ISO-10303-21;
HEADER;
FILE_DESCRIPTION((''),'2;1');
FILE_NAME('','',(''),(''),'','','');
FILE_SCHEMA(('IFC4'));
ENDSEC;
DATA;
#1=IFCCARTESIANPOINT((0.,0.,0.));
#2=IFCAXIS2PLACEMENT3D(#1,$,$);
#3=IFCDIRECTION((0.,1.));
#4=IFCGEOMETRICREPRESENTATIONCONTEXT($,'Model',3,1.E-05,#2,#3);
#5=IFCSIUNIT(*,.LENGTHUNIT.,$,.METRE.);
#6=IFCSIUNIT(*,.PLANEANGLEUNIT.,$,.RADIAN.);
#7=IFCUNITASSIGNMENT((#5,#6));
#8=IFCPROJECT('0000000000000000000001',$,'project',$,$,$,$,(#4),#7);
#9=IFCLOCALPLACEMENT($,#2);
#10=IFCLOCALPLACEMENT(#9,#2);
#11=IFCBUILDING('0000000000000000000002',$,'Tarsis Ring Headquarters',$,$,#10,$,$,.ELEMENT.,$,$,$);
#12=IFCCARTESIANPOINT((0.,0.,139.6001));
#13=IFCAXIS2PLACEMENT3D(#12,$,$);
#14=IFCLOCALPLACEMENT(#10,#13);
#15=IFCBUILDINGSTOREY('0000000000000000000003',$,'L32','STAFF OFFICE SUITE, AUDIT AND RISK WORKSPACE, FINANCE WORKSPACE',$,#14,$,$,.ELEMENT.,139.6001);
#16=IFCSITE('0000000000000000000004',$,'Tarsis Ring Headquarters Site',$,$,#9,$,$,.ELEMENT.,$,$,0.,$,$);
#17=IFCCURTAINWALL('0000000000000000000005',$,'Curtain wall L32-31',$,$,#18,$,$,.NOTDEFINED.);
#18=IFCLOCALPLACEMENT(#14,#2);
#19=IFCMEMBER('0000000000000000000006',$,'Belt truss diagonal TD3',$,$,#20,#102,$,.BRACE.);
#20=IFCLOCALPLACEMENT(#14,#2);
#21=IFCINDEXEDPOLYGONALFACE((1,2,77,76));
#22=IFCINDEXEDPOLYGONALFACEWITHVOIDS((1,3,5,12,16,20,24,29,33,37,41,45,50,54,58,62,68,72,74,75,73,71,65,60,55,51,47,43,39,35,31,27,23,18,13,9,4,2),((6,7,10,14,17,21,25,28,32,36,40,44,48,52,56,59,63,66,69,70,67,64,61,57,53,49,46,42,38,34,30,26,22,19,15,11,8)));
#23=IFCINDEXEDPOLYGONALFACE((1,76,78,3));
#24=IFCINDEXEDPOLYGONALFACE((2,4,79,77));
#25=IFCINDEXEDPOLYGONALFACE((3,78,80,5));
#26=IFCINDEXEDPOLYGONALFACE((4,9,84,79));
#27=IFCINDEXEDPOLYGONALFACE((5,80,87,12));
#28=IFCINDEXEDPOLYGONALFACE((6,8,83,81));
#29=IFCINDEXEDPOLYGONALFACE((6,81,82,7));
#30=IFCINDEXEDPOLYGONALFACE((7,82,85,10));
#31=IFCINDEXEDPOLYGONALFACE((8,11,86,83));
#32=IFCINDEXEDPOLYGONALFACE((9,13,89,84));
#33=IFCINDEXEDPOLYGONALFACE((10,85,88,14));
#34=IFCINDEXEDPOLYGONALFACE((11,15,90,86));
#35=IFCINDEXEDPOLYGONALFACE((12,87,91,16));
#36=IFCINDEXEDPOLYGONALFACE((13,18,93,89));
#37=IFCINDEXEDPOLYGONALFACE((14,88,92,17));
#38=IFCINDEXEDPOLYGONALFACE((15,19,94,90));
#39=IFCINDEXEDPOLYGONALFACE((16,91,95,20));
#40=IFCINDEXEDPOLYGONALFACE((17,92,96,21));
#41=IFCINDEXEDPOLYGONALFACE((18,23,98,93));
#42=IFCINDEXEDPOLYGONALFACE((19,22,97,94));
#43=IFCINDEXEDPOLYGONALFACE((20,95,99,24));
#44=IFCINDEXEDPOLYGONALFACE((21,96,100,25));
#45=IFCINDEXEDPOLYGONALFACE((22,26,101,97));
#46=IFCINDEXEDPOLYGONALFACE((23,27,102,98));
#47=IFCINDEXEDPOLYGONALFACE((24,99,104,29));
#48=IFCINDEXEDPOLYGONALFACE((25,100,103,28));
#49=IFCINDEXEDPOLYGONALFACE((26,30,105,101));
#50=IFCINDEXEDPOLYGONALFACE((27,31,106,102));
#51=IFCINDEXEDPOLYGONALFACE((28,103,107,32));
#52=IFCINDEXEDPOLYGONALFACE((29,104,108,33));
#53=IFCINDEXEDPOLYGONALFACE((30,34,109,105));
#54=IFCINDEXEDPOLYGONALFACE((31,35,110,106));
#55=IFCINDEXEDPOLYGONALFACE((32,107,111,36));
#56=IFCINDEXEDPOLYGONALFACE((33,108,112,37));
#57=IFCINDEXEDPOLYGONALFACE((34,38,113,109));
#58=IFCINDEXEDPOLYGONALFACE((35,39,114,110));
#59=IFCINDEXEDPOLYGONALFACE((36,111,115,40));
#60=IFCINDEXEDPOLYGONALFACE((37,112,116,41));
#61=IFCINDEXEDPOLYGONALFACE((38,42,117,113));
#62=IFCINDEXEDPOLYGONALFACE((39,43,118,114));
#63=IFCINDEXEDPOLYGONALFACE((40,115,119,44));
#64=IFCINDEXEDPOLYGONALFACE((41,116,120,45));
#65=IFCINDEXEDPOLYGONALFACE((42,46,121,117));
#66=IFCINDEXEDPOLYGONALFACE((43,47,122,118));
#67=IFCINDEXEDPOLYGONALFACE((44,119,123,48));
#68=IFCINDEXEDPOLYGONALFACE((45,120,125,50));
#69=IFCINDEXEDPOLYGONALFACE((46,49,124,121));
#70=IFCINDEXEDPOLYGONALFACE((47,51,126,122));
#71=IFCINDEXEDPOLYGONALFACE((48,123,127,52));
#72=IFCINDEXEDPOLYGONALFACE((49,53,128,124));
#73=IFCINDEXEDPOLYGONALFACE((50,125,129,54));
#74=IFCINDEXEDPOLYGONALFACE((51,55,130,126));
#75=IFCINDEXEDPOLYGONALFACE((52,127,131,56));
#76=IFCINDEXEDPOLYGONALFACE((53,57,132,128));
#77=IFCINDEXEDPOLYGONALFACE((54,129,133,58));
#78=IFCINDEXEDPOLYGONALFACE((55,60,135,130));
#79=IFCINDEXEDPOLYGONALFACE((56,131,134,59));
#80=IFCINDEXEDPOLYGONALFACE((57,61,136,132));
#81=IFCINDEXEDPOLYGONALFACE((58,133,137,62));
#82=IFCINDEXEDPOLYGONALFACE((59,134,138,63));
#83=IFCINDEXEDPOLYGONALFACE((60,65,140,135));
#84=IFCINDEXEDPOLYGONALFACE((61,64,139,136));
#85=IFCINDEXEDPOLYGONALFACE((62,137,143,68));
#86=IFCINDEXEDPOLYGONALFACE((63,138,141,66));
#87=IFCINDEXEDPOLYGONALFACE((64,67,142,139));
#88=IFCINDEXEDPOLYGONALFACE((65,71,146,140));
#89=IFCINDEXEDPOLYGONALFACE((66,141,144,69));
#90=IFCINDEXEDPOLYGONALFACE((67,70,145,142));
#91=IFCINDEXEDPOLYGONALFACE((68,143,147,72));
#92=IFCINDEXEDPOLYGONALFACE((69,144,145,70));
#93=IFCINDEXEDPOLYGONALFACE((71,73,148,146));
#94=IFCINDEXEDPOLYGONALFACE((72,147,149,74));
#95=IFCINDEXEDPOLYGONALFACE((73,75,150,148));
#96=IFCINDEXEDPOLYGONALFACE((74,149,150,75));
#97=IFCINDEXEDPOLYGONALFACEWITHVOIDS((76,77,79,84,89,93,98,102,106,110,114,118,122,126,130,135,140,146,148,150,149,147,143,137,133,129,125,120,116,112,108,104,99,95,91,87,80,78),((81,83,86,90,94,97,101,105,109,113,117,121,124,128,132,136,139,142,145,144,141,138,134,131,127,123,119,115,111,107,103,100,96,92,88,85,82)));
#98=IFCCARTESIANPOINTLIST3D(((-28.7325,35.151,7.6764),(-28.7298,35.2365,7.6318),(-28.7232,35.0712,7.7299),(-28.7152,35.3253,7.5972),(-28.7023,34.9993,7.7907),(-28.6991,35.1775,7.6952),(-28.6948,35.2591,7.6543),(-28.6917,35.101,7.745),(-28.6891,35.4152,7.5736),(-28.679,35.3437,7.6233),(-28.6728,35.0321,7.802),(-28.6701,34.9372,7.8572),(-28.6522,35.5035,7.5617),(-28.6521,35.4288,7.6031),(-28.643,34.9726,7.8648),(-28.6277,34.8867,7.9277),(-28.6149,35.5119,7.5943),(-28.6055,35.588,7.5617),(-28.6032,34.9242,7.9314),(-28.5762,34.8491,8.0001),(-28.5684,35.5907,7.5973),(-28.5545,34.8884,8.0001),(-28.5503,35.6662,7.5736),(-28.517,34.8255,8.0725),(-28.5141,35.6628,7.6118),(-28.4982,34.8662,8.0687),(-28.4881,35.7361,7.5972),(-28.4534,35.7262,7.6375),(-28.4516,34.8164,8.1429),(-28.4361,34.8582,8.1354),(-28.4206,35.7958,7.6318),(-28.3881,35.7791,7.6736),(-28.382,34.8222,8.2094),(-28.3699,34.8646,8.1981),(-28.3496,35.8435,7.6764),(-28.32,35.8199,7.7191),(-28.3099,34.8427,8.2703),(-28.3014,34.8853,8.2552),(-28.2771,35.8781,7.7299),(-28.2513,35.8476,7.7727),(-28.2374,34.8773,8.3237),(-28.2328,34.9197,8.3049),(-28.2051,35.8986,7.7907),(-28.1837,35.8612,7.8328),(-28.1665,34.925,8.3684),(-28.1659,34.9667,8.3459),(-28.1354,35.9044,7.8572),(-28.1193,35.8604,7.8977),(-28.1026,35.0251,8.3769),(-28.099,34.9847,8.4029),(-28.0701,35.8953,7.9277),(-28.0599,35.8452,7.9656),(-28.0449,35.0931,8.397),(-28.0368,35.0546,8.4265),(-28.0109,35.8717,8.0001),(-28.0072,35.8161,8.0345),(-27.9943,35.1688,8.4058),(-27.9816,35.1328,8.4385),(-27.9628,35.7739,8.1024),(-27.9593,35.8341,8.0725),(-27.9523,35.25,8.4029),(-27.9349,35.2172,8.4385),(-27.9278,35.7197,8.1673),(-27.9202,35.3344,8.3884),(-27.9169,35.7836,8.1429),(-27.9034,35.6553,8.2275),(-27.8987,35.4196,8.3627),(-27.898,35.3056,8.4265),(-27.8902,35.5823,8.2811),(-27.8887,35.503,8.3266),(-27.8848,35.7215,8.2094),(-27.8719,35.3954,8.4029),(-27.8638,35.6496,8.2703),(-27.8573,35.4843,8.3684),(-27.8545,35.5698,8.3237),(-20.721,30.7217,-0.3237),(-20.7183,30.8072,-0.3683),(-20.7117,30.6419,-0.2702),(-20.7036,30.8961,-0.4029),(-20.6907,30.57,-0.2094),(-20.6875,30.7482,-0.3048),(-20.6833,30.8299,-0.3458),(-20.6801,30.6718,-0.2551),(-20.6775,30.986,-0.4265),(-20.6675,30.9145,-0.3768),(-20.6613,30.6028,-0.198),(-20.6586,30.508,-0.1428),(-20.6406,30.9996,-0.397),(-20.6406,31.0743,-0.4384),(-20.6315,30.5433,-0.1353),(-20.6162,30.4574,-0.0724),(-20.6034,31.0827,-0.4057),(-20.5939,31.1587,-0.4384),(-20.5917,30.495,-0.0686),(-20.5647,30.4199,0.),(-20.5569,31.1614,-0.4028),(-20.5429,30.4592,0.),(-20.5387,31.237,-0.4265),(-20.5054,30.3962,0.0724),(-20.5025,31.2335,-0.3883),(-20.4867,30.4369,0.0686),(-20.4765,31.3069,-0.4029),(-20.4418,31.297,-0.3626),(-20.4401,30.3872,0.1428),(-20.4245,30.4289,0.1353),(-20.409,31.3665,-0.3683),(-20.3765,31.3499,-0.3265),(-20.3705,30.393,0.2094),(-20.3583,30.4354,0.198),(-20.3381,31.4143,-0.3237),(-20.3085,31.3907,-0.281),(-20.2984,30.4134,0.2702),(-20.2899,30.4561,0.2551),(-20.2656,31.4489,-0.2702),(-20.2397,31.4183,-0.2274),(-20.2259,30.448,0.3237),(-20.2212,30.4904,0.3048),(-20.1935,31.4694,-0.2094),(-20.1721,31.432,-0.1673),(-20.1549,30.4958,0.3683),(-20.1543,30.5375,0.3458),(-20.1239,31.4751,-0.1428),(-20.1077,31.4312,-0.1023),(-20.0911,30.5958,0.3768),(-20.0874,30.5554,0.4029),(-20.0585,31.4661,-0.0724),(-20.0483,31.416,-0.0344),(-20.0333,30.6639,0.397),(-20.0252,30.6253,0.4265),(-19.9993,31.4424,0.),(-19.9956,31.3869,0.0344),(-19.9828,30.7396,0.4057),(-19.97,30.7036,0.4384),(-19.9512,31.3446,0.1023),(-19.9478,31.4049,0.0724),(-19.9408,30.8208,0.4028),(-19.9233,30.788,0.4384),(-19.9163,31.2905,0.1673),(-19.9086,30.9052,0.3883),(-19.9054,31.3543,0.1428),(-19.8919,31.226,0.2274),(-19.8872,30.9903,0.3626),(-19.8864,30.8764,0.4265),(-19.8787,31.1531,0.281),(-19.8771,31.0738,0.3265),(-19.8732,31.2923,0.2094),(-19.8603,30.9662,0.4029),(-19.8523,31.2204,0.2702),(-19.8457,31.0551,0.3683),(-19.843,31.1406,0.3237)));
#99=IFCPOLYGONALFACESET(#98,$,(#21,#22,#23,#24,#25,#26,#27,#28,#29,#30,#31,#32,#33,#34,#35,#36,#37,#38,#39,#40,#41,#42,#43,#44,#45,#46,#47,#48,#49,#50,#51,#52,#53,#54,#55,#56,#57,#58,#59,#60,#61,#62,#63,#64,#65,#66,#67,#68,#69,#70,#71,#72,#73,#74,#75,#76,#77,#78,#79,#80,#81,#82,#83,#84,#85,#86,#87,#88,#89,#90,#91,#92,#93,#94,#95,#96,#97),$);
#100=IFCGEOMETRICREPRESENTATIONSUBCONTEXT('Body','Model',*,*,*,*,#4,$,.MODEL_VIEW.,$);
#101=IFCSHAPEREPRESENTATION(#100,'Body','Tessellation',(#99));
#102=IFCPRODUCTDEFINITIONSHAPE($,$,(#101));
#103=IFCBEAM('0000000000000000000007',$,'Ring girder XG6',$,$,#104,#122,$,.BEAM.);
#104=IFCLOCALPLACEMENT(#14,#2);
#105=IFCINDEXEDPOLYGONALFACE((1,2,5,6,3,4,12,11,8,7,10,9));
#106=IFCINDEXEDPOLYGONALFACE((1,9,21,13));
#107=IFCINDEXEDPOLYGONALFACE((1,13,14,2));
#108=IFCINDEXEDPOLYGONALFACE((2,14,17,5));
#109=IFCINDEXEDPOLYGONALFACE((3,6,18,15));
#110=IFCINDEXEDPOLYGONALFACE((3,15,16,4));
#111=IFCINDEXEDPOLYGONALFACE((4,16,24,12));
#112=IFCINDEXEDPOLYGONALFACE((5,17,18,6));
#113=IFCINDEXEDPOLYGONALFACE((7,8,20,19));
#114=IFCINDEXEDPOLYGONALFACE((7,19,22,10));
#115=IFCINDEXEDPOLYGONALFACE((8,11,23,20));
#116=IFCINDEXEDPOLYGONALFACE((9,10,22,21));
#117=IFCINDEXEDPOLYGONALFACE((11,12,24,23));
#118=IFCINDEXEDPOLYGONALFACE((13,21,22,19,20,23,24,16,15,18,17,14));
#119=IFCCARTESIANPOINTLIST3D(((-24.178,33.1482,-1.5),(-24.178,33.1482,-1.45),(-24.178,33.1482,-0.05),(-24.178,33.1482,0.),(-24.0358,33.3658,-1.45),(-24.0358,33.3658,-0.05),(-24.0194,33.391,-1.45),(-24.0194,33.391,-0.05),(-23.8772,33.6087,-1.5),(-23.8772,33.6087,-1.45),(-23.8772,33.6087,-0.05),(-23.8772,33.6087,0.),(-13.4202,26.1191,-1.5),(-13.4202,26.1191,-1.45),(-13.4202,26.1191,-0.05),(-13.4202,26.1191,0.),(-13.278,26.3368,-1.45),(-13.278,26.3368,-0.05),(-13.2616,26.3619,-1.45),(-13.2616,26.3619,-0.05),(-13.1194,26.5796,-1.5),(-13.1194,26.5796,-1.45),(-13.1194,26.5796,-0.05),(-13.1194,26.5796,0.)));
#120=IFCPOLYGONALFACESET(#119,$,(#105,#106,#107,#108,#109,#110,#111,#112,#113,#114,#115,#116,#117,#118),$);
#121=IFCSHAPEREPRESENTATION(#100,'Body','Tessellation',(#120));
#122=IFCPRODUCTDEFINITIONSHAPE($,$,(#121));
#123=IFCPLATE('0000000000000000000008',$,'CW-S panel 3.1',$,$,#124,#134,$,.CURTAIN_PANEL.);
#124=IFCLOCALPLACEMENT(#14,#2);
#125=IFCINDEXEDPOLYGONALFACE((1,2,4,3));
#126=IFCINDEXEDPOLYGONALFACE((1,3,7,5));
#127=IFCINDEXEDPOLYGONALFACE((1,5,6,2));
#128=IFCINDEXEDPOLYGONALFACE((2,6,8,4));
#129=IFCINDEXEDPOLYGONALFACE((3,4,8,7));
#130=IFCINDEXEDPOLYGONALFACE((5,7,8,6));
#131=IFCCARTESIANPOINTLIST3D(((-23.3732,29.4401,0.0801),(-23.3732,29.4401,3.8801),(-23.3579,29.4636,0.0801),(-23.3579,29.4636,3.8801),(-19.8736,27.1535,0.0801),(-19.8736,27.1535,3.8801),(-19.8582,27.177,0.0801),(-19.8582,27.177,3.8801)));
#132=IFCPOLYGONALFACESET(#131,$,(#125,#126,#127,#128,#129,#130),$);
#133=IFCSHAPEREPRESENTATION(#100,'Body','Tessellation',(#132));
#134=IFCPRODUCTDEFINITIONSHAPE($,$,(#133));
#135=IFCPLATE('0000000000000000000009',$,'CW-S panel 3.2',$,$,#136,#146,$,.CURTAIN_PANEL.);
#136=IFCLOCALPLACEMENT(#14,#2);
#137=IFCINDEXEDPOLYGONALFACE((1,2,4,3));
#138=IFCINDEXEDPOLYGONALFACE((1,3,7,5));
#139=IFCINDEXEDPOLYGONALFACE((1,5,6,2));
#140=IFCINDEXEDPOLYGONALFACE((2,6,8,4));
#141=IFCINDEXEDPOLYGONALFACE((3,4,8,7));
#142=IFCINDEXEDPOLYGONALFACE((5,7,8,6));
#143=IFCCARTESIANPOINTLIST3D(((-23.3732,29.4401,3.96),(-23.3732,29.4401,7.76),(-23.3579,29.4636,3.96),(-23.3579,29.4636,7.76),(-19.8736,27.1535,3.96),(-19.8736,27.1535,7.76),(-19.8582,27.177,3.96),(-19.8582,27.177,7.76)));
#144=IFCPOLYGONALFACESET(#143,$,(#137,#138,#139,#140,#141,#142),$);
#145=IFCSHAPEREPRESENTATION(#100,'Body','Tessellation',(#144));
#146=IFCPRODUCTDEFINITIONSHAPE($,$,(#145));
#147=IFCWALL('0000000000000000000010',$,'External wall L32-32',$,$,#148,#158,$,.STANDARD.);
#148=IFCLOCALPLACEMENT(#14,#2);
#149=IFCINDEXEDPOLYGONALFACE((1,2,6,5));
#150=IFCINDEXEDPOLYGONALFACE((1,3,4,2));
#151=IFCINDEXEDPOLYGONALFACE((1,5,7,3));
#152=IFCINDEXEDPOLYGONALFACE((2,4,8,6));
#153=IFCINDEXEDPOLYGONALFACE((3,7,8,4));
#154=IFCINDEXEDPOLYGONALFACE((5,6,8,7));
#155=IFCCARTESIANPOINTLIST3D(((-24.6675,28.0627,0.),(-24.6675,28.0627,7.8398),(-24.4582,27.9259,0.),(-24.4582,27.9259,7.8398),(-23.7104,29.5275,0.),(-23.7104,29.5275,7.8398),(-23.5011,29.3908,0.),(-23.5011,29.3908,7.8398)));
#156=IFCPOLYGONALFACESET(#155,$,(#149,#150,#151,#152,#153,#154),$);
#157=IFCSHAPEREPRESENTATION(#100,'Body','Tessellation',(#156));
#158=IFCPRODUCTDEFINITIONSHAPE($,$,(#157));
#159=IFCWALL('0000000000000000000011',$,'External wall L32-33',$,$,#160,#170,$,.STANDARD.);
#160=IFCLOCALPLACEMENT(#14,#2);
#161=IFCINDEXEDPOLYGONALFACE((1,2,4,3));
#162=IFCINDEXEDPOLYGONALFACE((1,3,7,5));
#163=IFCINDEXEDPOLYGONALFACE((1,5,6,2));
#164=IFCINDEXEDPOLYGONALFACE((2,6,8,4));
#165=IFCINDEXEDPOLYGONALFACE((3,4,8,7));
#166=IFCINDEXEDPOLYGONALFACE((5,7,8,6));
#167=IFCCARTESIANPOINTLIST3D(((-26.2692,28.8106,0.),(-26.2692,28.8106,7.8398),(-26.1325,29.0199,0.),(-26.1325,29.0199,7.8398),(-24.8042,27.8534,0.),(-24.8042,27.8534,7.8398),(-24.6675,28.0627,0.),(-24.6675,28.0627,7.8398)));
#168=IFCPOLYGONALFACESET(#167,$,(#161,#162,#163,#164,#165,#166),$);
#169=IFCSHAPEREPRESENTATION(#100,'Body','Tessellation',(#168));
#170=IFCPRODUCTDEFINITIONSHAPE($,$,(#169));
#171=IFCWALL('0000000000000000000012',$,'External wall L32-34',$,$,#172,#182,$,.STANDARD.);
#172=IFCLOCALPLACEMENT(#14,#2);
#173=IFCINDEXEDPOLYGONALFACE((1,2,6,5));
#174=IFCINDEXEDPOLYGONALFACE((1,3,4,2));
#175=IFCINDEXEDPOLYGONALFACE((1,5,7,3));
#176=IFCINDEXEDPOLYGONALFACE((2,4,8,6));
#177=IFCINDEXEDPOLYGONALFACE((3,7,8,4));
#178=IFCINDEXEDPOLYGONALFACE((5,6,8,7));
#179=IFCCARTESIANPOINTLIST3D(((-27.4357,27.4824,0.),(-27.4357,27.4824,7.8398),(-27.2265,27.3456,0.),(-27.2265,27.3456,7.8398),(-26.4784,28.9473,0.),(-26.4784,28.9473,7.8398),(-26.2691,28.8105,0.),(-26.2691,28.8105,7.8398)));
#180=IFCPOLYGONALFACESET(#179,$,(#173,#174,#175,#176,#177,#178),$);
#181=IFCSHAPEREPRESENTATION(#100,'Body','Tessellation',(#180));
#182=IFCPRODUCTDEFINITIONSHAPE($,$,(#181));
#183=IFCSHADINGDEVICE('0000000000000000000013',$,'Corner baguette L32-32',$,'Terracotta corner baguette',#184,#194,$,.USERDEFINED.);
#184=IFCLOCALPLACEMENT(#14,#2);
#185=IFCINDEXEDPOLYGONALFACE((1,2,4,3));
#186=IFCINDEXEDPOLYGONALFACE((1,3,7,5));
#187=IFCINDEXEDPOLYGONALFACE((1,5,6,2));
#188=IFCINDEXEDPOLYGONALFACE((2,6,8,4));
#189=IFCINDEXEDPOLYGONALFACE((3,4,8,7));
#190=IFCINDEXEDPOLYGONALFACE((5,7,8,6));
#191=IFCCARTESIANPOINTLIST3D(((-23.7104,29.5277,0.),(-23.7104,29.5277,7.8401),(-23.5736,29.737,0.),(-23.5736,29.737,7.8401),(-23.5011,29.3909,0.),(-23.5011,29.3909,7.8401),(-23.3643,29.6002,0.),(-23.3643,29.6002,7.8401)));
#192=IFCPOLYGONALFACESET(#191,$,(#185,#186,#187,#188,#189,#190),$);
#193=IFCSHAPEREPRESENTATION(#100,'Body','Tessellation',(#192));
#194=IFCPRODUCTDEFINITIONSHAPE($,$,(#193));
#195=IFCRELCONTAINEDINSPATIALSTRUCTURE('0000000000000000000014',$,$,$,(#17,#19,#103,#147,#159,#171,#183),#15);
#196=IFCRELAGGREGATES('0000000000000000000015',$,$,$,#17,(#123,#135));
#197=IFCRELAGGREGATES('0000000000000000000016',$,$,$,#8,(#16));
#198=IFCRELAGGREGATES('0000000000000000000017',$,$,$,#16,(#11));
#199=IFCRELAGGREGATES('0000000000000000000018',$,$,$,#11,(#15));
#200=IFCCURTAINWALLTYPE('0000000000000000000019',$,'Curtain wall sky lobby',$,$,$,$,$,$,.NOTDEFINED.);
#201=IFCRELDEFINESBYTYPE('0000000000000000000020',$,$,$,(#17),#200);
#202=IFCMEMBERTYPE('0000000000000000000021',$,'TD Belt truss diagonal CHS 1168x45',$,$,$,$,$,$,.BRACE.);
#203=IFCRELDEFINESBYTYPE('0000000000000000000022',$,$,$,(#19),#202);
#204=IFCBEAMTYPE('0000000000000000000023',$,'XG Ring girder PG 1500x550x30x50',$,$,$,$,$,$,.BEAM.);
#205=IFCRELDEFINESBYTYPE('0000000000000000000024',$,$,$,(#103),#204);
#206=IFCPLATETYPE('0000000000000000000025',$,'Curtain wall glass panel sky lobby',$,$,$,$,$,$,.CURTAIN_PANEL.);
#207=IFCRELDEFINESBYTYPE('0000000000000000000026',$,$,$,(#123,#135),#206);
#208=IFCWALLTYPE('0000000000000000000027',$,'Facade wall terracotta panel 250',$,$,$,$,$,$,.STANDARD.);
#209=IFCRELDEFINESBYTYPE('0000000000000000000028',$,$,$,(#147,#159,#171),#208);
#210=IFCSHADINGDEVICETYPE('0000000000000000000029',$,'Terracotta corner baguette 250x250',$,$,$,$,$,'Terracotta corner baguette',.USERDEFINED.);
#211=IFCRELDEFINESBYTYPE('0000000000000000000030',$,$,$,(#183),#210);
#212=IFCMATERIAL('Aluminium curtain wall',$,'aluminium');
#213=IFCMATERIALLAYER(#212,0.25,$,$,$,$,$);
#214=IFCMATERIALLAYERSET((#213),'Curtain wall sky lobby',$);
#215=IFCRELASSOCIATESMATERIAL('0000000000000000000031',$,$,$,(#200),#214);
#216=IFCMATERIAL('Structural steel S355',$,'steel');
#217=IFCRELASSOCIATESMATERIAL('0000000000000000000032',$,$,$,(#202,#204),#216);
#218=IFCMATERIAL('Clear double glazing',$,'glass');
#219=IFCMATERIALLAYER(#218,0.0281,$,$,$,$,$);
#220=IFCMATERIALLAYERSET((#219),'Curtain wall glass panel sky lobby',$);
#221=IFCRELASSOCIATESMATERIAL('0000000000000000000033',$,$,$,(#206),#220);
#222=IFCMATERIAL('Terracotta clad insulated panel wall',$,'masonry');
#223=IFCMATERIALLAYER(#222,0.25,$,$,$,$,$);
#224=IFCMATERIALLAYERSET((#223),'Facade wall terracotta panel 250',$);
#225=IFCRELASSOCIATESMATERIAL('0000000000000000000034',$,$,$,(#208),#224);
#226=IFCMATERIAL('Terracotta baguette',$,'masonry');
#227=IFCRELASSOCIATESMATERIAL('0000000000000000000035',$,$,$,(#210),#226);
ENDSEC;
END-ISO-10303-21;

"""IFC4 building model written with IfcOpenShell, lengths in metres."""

from ifc_helpers import new_model, si_unit, direction, frame, frame_2d, origin, origin_2d, place, context, subcontext, project, spatial, rectangle, hollow_circle, i_section, extrude, material, layer, layer_set, material_profile, profile_set, type_object, element, aggregate, save


model = new_model("IFC4")

# Units and contexts
model_context = context("Model", 3, precision=1e-05, world=origin(), true_north=direction((0.0, 1.0)))
body_context = subcontext(model_context, "Body", "Model", "MODEL_VIEW")
ifc_project = project(units=[si_unit("LENGTHUNIT", "METRE"), si_unit("PLANEANGLEUNIT", "RADIAN")], contexts=[model_context])

# Site, building, storey
site_placement = place(None, origin())
site = spatial("IfcSite", under=ifc_project, at=site_placement, Name="Tarsis Ring Headquarters Site", CompositionType="ELEMENT", RefElevation=0.0)
building_placement = place(site_placement, origin())
building = spatial("IfcBuilding", under=site, at=building_placement, Name="Tarsis Ring Headquarters", CompositionType="ELEMENT")
storey_placement = place(building_placement, frame((0.0, 0.0, 139.6001)))
storey = spatial("IfcBuildingStorey", under=building, at=storey_placement, Name="L32", Description="STAFF OFFICE SUITE, AUDIT AND RISK WORKSPACE, FINANCE WORKSPACE", CompositionType="ELEMENT", Elevation=139.6001)

# Shared definitions
ifc_material_1 = material(Name="Structural steel S355", Category="steel")
ifc_material_profile_1 = material_profile(ifc_material_1, hollow_circle(Radius=0.5842, WallThickness=0.0449, at=origin_2d()), Name="CHS 1168x45")
ifc_profile_set_1 = profile_set([ifc_material_profile_1], Name="Structural steel S355")

# Curtain wall
ifc_material_2 = material(Name="Aluminium curtain wall", Category="aluminium")
ifc_layer_1 = layer(ifc_material_2, 0.25)
ifc_layer_set_1 = layer_set([ifc_layer_1], Name="Curtain wall sky lobby")
curtain_wall_type = type_object("IfcCurtainWallType", Name="Curtain wall sky lobby", PredefinedType="NOTDEFINED", material=ifc_layer_set_1)
curtain_wall_placement = place(storey_placement, origin())
curtain_wall = element("IfcCurtainWall", 1, at=curtain_wall_placement, inside=storey, type_object=curtain_wall_type, Name="Curtain wall L32-31", PredefinedType="NOTDEFINED")

# Member
member_type_1 = type_object("IfcMemberType", Name="TD Belt truss diagonal CHS 1168x45", PredefinedType="BRACE", material=ifc_profile_set_1)
member_1_placement = place(storey_placement, frame((-20.282, 30.9312, 0.0), z_axis=(-0.658981, 0.364322, 0.658037), x_axis=(-0.483837, -0.875158, 0.0)))
element("IfcMember", 2, at=member_1_placement, inside=storey, type_object=member_type_1, Name="Belt truss diagonal TD3", PredefinedType="BRACE", context=body_context, shape_type="SweptSolid", body=[
    extrude(hollow_circle(Radius=0.5842, WallThickness=0.0449, at=origin_2d()), origin(), (0.0, 0.0, 1.0), 12.1575),
])

# Beam
ifc_material_profile_2 = material_profile(ifc_material_1, i_section(OverallWidth=0.55, OverallDepth=1.5, WebThickness=0.03, FlangeThickness=0.05, at=origin_2d()), Name="PG 1500x550x30x50")
ifc_profile_set_2 = profile_set([ifc_material_profile_2], Name="Structural steel S355")
beam_type_1 = type_object("IfcBeamType", Name="XG Ring girder PG 1500x550x30x50", PredefinedType="BEAM", material=ifc_profile_set_2)
beam_placement = place(storey_placement, frame((-24.0276, 33.3784, -0.75), z_axis=(0.837144, -0.546982, 0.0), x_axis=(0.546982, 0.837144, 0.0)))
element("IfcBeam", 3, at=beam_placement, inside=storey, type_object=beam_type_1, Name="Ring girder XG6", PredefinedType="BEAM", context=body_context, shape_type="SweptSolid", body=[
    extrude(i_section(OverallWidth=0.55, OverallDepth=1.5, WebThickness=0.03, FlangeThickness=0.05, at=origin_2d()), origin(), (0.0, 0.0, 1.0), 12.8506),
])

# Plates
ifc_material_3 = material(Name="Clear double glazing", Category="glass")
ifc_layer_2 = layer(ifc_material_3, 0.0281)
ifc_layer_set_2 = layer_set([ifc_layer_2], Name="Curtain wall glass panel sky lobby")
plate_type = type_object("IfcPlateType", Name="Curtain wall glass panel sky lobby", PredefinedType="CURTAIN_PANEL", material=ifc_layer_set_2)
plate_1_placement = place(storey_placement, frame((-21.6157, 28.3086, 0.0801), z_axis=(0.0, 0.0, 1.0), x_axis=(-0.837146, 0.546979, 0.0)))
plate_1 = element("IfcPlate", 4, at=plate_1_placement, type_object=plate_type, Name="CW-S panel 3.1", PredefinedType="CURTAIN_PANEL", context=body_context, shape_type="SweptSolid", body=[
    extrude(rectangle(XDim=4.1804, YDim=0.0281, at=origin_2d()), origin(), (0.0, 0.0, 1.0), 3.8),
])
plate_2_placement = place(storey_placement, frame((-21.6157, 28.3086, 3.96), z_axis=(0.0, 0.0, 1.0), x_axis=(-0.837146, 0.546979, 0.0)))
plate_2 = element("IfcPlate", 5, at=plate_2_placement, type_object=plate_type, Name="CW-S panel 3.2", PredefinedType="CURTAIN_PANEL", context=body_context, shape_type="SweptSolid", body=[
    extrude(rectangle(XDim=4.1804, YDim=0.0281, at=origin_2d()), origin(), (0.0, 0.0, 1.0), 3.8),
])
aggregate(curtain_wall, [plate_1, plate_2])

# Walls
ifc_material_4 = material(Name="Terracotta clad insulated panel wall", Category="masonry")
ifc_layer_3 = layer(ifc_material_4, 0.25)
ifc_layer_set_3 = layer_set([ifc_layer_3], Name="Facade wall terracotta panel 250")
wall_type = type_object("IfcWallType", Name="Facade wall terracotta panel 250", PredefinedType="STANDARD", material=ifc_layer_set_3)
wall_placement = place(storey_placement, frame((-23.6057, 29.4592, 0.0), z_axis=(0.0, 0.0, 1.0), x_axis=(-0.546949, -0.837166, 0.0)))
element("IfcWall", 6, at=wall_placement, inside=storey, type_object=wall_type, Name="External wall L32-32", PredefinedType="STANDARD", context=body_context, shape_type="SweptSolid", body=[
    extrude(rectangle(XDim=1.7498, YDim=0.25, at=frame_2d((0.875, 0.0))), origin(), (0.0, 0.0, 1.0), 7.8398),
])
for number, where, z_axis, x_axis, name in (
    (7, (-24.7358, 27.958, 0.0), (0.0, 0.0, 1.0), (-0.837144, 0.546982, 0.0), "External wall L32-33"),
    (8, (-26.3738, 28.8789, 0.0), (0.0, 0.0, 1.0), (-0.547046, -0.837102, 0.0), "External wall L32-34"),
):
    element("IfcWall", number, at=place(storey_placement, frame(where, z_axis=z_axis, x_axis=x_axis)), inside=storey, type_object=wall_type, Name=name, PredefinedType="STANDARD", context=body_context, shape_type="SweptSolid", body=[
        extrude(rectangle(XDim=1.75, YDim=0.25, at=frame_2d((0.875, 0.0))), origin(), (0.0, 0.0, 1.0), 7.8398),
    ])

# Shading device
ifc_material_5 = material(Name="Terracotta baguette", Category="masonry")
shading_device_type_1 = type_object("IfcShadingDeviceType", Name="Terracotta corner baguette 250x250", ElementType="Terracotta corner baguette", PredefinedType="USERDEFINED", material=ifc_material_5)
for number, where, z_axis, x_axis, name in (
    (9, (-23.5374, 29.564, 0.0), (0.0, 0.0, 1.0), (-0.837146, 0.546979, 0.0), "Corner baguette L32-32"),
):
    element("IfcShadingDevice", number, at=place(storey_placement, frame(where, z_axis=z_axis, x_axis=x_axis)), inside=storey, type_object=shading_device_type_1, Name=name, ObjectType="Terracotta corner baguette", PredefinedType="USERDEFINED", context=body_context, shape_type="SweptSolid", body=[
        extrude(rectangle(XDim=0.25, YDim=0.25, at=origin_2d()), origin(), (0.0, 0.0, 1.0), 7.8401),
    ])

save(model, "model.ifc")
